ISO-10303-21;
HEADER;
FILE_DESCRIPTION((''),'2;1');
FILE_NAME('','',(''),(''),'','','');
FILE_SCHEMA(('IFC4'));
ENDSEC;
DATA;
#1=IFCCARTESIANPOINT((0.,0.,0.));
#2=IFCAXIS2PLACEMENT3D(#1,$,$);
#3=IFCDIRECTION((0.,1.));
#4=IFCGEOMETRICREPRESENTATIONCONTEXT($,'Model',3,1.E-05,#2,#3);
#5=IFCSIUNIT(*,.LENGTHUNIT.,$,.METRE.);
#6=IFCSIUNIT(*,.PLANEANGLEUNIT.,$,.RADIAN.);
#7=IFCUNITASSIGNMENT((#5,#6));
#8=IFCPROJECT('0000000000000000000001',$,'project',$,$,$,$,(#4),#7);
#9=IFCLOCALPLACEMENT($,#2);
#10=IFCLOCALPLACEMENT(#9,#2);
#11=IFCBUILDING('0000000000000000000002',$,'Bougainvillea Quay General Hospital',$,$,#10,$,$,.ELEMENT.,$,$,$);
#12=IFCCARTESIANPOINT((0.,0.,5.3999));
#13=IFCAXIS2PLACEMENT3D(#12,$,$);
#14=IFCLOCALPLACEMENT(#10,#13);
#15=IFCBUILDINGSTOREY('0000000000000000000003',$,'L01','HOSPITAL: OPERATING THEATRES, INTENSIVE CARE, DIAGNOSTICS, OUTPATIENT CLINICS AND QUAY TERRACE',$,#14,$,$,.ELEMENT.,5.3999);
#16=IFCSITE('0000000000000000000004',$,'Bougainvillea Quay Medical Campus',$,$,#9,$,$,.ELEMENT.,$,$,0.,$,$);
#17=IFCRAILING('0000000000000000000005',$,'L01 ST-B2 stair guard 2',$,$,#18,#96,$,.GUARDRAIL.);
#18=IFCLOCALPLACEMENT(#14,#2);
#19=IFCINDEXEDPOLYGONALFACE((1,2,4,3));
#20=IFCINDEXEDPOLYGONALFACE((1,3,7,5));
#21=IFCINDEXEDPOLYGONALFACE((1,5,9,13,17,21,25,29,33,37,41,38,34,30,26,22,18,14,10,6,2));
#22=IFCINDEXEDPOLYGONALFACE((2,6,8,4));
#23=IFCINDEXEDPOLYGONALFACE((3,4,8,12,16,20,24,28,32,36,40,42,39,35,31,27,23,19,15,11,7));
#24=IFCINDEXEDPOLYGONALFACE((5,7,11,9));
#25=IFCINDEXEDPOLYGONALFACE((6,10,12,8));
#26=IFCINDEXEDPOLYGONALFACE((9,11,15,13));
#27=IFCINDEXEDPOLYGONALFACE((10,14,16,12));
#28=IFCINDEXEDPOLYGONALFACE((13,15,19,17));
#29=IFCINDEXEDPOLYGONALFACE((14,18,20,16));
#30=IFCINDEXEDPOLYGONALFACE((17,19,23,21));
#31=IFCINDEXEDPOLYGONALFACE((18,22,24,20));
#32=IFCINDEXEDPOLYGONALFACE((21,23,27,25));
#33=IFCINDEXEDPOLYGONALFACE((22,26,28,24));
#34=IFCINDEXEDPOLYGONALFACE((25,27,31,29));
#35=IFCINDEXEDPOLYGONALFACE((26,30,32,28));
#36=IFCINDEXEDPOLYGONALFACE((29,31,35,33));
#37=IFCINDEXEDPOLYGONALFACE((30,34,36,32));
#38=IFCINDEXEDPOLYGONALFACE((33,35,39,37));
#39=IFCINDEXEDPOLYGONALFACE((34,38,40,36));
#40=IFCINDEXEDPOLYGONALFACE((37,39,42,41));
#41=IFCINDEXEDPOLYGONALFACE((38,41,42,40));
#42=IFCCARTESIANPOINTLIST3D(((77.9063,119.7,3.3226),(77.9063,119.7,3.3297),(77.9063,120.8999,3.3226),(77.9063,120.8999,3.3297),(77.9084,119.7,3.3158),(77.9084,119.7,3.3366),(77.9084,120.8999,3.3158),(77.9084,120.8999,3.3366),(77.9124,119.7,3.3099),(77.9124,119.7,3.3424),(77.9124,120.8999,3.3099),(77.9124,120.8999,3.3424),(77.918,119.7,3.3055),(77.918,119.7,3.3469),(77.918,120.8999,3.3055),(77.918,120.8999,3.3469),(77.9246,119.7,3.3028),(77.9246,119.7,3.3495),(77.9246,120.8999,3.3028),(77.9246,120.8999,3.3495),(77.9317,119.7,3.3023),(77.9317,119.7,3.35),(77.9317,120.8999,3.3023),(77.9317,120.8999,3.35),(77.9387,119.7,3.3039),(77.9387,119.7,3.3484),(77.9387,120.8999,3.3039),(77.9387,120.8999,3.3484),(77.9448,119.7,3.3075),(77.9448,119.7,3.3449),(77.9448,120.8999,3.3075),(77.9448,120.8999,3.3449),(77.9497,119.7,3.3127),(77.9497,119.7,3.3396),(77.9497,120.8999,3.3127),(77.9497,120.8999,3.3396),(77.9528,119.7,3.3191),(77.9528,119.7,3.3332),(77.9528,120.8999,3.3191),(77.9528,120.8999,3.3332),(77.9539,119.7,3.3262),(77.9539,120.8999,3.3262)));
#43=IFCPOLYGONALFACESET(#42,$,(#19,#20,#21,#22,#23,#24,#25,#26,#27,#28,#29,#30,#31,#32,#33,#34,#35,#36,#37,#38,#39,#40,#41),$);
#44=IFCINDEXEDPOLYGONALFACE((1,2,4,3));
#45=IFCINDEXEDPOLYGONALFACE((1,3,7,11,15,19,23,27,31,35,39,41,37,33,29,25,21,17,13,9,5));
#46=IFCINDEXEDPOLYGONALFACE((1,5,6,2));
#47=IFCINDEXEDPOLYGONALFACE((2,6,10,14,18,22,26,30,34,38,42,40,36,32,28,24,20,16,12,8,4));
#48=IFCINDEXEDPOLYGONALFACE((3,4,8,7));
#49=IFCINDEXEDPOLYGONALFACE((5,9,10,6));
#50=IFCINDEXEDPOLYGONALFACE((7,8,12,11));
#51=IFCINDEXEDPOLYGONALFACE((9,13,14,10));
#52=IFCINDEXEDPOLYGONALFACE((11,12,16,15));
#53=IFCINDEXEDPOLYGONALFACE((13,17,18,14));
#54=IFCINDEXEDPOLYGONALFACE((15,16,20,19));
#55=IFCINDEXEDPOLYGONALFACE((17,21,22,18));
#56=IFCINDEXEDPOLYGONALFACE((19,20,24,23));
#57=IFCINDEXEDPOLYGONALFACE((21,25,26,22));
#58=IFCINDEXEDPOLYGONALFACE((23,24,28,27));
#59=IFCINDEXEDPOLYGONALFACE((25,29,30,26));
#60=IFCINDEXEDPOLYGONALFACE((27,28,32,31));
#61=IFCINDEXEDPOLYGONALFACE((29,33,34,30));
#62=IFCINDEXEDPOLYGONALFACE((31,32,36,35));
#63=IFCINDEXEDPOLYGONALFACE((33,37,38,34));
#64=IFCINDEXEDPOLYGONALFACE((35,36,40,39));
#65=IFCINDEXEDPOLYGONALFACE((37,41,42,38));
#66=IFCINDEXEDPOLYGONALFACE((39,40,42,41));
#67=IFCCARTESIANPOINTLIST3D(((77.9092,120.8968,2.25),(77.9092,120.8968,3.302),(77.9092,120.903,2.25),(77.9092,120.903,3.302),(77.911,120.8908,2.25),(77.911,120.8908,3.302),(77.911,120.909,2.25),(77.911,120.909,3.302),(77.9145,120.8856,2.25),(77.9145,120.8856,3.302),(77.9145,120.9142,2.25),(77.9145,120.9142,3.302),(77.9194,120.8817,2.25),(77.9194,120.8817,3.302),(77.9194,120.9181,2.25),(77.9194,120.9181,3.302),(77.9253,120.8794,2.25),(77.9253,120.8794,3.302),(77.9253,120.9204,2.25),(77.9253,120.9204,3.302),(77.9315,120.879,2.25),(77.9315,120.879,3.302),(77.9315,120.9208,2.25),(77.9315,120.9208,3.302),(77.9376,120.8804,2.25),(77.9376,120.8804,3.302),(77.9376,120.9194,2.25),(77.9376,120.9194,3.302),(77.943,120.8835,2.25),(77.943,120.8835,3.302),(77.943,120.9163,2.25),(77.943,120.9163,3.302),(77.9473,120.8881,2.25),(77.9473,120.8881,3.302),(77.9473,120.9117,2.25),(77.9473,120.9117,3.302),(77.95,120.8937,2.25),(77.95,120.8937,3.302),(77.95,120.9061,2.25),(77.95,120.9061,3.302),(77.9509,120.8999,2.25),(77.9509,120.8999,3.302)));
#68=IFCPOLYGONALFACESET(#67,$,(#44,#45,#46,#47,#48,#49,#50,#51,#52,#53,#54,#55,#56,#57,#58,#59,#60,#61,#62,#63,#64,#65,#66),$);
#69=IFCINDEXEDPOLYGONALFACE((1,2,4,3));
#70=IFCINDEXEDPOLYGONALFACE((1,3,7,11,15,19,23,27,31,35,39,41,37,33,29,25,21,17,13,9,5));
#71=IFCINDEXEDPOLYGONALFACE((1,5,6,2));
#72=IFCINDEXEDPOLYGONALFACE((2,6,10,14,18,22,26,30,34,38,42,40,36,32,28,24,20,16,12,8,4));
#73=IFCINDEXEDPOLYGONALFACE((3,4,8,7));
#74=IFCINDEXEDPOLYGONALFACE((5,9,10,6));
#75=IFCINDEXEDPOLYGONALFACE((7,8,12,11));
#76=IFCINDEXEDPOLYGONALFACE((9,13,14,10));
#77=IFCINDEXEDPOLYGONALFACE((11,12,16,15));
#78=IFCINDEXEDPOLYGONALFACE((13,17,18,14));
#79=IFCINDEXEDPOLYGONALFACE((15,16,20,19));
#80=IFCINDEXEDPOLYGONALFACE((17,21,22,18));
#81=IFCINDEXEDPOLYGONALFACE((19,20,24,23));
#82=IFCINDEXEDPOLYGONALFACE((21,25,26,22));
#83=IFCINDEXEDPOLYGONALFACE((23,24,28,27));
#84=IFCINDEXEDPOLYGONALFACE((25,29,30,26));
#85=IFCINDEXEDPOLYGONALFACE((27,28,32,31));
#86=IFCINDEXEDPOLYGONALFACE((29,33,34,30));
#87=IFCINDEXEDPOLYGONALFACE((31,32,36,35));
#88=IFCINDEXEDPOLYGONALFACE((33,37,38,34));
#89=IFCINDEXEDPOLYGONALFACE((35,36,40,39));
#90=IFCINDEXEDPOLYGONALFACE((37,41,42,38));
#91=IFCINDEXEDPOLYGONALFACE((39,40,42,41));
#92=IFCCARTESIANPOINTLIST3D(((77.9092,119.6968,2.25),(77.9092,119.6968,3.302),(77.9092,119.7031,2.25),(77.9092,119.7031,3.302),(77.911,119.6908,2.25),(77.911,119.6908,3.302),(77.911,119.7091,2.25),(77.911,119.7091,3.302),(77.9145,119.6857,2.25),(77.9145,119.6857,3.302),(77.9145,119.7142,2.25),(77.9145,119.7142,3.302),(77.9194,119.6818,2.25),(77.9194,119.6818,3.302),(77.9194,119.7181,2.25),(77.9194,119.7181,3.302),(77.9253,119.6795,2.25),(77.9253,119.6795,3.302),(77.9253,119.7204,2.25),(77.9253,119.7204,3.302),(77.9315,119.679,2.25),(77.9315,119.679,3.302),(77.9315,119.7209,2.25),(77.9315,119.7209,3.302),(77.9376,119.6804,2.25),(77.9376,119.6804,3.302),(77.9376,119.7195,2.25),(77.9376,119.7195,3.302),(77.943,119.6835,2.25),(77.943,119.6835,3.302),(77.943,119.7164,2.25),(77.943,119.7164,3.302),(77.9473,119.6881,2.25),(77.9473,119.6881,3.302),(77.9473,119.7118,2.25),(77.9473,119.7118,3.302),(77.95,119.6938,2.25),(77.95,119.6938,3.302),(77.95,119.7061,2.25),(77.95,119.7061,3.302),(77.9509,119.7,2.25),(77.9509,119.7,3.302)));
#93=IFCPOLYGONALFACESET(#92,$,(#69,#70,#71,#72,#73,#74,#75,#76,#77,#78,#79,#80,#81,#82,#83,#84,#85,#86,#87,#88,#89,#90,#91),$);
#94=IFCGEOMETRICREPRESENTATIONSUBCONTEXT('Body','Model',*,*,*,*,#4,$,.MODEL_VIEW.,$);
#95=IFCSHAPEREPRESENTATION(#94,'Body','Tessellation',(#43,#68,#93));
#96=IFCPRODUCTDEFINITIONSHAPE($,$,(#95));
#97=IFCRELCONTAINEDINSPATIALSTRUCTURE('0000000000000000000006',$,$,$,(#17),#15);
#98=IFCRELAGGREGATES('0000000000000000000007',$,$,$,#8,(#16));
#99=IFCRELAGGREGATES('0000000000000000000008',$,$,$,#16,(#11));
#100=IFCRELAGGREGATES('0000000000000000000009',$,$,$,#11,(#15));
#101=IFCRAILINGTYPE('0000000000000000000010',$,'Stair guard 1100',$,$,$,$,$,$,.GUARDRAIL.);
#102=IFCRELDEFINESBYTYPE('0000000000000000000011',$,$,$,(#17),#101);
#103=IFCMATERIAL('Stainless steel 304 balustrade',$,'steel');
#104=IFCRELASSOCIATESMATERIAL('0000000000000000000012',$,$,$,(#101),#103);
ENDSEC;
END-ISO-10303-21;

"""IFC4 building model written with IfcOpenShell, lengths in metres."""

from ifc_helpers import new_model, si_unit, direction, frame, origin, origin_2d, place, context, subcontext, project, spatial, circle, extrude, material, type_object, element, save


model = new_model("IFC4")

# Units and contexts
model_context = context("Model", 3, precision=1e-05, world=origin(), true_north=direction((0.0, 1.0)))
body_context = subcontext(model_context, "Body", "Model", "MODEL_VIEW")
ifc_project = project(units=[si_unit("LENGTHUNIT", "METRE"), si_unit("PLANEANGLEUNIT", "RADIAN")], contexts=[model_context])

# Site, building, storey
site_placement = place(None, origin())
site = spatial("IfcSite", under=ifc_project, at=site_placement, Name="Bougainvillea Quay Medical Campus", CompositionType="ELEMENT", RefElevation=0.0)
building_placement = place(site_placement, origin())
building = spatial("IfcBuilding", under=site, at=building_placement, Name="Bougainvillea Quay General Hospital", CompositionType="ELEMENT")
storey_placement = place(building_placement, frame((0.0, 0.0, 5.3999)))
storey = spatial("IfcBuildingStorey", under=building, at=storey_placement, Name="L01", Description="HOSPITAL: OPERATING THEATRES, INTENSIVE CARE, DIAGNOSTICS, OUTPATIENT CLINICS AND QUAY TERRACE", CompositionType="ELEMENT", Elevation=5.3999)

# Railing
ifc_material_1 = material(Name="Stainless steel 304 balustrade", Category="steel")
railing_type_1 = type_object("IfcRailingType", Name="Stair guard 1100", PredefinedType="GUARDRAIL", material=ifc_material_1)
railing_1_placement = place(storey_placement, frame((77.9299, 120.8999, 2.25)))
element("IfcRailing", 1, at=railing_1_placement, inside=storey, type_object=railing_type_1, Name="L01 ST-B2 stair guard 2", PredefinedType="GUARDRAIL", context=body_context, shape_type="SweptSolid", body=[
    extrude(circle(Radius=0.0239, at=origin_2d()), frame((0.0, 0.0, 1.0762), z_axis=(0.0, -1.0, 0.0), x_axis=(1.0, 0.0, 0.0)), (0.0, 0.0, 1.0), 1.2),
    extrude(circle(Radius=0.021, at=origin_2d()), origin(), (0.0, 0.0, 1.0), 1.052),
    extrude(circle(Radius=0.021, at=origin_2d()), frame((0.0, -1.2, 0.0)), (0.0, 0.0, 1.0), 1.052),
])

save(model, "model.ifc")
